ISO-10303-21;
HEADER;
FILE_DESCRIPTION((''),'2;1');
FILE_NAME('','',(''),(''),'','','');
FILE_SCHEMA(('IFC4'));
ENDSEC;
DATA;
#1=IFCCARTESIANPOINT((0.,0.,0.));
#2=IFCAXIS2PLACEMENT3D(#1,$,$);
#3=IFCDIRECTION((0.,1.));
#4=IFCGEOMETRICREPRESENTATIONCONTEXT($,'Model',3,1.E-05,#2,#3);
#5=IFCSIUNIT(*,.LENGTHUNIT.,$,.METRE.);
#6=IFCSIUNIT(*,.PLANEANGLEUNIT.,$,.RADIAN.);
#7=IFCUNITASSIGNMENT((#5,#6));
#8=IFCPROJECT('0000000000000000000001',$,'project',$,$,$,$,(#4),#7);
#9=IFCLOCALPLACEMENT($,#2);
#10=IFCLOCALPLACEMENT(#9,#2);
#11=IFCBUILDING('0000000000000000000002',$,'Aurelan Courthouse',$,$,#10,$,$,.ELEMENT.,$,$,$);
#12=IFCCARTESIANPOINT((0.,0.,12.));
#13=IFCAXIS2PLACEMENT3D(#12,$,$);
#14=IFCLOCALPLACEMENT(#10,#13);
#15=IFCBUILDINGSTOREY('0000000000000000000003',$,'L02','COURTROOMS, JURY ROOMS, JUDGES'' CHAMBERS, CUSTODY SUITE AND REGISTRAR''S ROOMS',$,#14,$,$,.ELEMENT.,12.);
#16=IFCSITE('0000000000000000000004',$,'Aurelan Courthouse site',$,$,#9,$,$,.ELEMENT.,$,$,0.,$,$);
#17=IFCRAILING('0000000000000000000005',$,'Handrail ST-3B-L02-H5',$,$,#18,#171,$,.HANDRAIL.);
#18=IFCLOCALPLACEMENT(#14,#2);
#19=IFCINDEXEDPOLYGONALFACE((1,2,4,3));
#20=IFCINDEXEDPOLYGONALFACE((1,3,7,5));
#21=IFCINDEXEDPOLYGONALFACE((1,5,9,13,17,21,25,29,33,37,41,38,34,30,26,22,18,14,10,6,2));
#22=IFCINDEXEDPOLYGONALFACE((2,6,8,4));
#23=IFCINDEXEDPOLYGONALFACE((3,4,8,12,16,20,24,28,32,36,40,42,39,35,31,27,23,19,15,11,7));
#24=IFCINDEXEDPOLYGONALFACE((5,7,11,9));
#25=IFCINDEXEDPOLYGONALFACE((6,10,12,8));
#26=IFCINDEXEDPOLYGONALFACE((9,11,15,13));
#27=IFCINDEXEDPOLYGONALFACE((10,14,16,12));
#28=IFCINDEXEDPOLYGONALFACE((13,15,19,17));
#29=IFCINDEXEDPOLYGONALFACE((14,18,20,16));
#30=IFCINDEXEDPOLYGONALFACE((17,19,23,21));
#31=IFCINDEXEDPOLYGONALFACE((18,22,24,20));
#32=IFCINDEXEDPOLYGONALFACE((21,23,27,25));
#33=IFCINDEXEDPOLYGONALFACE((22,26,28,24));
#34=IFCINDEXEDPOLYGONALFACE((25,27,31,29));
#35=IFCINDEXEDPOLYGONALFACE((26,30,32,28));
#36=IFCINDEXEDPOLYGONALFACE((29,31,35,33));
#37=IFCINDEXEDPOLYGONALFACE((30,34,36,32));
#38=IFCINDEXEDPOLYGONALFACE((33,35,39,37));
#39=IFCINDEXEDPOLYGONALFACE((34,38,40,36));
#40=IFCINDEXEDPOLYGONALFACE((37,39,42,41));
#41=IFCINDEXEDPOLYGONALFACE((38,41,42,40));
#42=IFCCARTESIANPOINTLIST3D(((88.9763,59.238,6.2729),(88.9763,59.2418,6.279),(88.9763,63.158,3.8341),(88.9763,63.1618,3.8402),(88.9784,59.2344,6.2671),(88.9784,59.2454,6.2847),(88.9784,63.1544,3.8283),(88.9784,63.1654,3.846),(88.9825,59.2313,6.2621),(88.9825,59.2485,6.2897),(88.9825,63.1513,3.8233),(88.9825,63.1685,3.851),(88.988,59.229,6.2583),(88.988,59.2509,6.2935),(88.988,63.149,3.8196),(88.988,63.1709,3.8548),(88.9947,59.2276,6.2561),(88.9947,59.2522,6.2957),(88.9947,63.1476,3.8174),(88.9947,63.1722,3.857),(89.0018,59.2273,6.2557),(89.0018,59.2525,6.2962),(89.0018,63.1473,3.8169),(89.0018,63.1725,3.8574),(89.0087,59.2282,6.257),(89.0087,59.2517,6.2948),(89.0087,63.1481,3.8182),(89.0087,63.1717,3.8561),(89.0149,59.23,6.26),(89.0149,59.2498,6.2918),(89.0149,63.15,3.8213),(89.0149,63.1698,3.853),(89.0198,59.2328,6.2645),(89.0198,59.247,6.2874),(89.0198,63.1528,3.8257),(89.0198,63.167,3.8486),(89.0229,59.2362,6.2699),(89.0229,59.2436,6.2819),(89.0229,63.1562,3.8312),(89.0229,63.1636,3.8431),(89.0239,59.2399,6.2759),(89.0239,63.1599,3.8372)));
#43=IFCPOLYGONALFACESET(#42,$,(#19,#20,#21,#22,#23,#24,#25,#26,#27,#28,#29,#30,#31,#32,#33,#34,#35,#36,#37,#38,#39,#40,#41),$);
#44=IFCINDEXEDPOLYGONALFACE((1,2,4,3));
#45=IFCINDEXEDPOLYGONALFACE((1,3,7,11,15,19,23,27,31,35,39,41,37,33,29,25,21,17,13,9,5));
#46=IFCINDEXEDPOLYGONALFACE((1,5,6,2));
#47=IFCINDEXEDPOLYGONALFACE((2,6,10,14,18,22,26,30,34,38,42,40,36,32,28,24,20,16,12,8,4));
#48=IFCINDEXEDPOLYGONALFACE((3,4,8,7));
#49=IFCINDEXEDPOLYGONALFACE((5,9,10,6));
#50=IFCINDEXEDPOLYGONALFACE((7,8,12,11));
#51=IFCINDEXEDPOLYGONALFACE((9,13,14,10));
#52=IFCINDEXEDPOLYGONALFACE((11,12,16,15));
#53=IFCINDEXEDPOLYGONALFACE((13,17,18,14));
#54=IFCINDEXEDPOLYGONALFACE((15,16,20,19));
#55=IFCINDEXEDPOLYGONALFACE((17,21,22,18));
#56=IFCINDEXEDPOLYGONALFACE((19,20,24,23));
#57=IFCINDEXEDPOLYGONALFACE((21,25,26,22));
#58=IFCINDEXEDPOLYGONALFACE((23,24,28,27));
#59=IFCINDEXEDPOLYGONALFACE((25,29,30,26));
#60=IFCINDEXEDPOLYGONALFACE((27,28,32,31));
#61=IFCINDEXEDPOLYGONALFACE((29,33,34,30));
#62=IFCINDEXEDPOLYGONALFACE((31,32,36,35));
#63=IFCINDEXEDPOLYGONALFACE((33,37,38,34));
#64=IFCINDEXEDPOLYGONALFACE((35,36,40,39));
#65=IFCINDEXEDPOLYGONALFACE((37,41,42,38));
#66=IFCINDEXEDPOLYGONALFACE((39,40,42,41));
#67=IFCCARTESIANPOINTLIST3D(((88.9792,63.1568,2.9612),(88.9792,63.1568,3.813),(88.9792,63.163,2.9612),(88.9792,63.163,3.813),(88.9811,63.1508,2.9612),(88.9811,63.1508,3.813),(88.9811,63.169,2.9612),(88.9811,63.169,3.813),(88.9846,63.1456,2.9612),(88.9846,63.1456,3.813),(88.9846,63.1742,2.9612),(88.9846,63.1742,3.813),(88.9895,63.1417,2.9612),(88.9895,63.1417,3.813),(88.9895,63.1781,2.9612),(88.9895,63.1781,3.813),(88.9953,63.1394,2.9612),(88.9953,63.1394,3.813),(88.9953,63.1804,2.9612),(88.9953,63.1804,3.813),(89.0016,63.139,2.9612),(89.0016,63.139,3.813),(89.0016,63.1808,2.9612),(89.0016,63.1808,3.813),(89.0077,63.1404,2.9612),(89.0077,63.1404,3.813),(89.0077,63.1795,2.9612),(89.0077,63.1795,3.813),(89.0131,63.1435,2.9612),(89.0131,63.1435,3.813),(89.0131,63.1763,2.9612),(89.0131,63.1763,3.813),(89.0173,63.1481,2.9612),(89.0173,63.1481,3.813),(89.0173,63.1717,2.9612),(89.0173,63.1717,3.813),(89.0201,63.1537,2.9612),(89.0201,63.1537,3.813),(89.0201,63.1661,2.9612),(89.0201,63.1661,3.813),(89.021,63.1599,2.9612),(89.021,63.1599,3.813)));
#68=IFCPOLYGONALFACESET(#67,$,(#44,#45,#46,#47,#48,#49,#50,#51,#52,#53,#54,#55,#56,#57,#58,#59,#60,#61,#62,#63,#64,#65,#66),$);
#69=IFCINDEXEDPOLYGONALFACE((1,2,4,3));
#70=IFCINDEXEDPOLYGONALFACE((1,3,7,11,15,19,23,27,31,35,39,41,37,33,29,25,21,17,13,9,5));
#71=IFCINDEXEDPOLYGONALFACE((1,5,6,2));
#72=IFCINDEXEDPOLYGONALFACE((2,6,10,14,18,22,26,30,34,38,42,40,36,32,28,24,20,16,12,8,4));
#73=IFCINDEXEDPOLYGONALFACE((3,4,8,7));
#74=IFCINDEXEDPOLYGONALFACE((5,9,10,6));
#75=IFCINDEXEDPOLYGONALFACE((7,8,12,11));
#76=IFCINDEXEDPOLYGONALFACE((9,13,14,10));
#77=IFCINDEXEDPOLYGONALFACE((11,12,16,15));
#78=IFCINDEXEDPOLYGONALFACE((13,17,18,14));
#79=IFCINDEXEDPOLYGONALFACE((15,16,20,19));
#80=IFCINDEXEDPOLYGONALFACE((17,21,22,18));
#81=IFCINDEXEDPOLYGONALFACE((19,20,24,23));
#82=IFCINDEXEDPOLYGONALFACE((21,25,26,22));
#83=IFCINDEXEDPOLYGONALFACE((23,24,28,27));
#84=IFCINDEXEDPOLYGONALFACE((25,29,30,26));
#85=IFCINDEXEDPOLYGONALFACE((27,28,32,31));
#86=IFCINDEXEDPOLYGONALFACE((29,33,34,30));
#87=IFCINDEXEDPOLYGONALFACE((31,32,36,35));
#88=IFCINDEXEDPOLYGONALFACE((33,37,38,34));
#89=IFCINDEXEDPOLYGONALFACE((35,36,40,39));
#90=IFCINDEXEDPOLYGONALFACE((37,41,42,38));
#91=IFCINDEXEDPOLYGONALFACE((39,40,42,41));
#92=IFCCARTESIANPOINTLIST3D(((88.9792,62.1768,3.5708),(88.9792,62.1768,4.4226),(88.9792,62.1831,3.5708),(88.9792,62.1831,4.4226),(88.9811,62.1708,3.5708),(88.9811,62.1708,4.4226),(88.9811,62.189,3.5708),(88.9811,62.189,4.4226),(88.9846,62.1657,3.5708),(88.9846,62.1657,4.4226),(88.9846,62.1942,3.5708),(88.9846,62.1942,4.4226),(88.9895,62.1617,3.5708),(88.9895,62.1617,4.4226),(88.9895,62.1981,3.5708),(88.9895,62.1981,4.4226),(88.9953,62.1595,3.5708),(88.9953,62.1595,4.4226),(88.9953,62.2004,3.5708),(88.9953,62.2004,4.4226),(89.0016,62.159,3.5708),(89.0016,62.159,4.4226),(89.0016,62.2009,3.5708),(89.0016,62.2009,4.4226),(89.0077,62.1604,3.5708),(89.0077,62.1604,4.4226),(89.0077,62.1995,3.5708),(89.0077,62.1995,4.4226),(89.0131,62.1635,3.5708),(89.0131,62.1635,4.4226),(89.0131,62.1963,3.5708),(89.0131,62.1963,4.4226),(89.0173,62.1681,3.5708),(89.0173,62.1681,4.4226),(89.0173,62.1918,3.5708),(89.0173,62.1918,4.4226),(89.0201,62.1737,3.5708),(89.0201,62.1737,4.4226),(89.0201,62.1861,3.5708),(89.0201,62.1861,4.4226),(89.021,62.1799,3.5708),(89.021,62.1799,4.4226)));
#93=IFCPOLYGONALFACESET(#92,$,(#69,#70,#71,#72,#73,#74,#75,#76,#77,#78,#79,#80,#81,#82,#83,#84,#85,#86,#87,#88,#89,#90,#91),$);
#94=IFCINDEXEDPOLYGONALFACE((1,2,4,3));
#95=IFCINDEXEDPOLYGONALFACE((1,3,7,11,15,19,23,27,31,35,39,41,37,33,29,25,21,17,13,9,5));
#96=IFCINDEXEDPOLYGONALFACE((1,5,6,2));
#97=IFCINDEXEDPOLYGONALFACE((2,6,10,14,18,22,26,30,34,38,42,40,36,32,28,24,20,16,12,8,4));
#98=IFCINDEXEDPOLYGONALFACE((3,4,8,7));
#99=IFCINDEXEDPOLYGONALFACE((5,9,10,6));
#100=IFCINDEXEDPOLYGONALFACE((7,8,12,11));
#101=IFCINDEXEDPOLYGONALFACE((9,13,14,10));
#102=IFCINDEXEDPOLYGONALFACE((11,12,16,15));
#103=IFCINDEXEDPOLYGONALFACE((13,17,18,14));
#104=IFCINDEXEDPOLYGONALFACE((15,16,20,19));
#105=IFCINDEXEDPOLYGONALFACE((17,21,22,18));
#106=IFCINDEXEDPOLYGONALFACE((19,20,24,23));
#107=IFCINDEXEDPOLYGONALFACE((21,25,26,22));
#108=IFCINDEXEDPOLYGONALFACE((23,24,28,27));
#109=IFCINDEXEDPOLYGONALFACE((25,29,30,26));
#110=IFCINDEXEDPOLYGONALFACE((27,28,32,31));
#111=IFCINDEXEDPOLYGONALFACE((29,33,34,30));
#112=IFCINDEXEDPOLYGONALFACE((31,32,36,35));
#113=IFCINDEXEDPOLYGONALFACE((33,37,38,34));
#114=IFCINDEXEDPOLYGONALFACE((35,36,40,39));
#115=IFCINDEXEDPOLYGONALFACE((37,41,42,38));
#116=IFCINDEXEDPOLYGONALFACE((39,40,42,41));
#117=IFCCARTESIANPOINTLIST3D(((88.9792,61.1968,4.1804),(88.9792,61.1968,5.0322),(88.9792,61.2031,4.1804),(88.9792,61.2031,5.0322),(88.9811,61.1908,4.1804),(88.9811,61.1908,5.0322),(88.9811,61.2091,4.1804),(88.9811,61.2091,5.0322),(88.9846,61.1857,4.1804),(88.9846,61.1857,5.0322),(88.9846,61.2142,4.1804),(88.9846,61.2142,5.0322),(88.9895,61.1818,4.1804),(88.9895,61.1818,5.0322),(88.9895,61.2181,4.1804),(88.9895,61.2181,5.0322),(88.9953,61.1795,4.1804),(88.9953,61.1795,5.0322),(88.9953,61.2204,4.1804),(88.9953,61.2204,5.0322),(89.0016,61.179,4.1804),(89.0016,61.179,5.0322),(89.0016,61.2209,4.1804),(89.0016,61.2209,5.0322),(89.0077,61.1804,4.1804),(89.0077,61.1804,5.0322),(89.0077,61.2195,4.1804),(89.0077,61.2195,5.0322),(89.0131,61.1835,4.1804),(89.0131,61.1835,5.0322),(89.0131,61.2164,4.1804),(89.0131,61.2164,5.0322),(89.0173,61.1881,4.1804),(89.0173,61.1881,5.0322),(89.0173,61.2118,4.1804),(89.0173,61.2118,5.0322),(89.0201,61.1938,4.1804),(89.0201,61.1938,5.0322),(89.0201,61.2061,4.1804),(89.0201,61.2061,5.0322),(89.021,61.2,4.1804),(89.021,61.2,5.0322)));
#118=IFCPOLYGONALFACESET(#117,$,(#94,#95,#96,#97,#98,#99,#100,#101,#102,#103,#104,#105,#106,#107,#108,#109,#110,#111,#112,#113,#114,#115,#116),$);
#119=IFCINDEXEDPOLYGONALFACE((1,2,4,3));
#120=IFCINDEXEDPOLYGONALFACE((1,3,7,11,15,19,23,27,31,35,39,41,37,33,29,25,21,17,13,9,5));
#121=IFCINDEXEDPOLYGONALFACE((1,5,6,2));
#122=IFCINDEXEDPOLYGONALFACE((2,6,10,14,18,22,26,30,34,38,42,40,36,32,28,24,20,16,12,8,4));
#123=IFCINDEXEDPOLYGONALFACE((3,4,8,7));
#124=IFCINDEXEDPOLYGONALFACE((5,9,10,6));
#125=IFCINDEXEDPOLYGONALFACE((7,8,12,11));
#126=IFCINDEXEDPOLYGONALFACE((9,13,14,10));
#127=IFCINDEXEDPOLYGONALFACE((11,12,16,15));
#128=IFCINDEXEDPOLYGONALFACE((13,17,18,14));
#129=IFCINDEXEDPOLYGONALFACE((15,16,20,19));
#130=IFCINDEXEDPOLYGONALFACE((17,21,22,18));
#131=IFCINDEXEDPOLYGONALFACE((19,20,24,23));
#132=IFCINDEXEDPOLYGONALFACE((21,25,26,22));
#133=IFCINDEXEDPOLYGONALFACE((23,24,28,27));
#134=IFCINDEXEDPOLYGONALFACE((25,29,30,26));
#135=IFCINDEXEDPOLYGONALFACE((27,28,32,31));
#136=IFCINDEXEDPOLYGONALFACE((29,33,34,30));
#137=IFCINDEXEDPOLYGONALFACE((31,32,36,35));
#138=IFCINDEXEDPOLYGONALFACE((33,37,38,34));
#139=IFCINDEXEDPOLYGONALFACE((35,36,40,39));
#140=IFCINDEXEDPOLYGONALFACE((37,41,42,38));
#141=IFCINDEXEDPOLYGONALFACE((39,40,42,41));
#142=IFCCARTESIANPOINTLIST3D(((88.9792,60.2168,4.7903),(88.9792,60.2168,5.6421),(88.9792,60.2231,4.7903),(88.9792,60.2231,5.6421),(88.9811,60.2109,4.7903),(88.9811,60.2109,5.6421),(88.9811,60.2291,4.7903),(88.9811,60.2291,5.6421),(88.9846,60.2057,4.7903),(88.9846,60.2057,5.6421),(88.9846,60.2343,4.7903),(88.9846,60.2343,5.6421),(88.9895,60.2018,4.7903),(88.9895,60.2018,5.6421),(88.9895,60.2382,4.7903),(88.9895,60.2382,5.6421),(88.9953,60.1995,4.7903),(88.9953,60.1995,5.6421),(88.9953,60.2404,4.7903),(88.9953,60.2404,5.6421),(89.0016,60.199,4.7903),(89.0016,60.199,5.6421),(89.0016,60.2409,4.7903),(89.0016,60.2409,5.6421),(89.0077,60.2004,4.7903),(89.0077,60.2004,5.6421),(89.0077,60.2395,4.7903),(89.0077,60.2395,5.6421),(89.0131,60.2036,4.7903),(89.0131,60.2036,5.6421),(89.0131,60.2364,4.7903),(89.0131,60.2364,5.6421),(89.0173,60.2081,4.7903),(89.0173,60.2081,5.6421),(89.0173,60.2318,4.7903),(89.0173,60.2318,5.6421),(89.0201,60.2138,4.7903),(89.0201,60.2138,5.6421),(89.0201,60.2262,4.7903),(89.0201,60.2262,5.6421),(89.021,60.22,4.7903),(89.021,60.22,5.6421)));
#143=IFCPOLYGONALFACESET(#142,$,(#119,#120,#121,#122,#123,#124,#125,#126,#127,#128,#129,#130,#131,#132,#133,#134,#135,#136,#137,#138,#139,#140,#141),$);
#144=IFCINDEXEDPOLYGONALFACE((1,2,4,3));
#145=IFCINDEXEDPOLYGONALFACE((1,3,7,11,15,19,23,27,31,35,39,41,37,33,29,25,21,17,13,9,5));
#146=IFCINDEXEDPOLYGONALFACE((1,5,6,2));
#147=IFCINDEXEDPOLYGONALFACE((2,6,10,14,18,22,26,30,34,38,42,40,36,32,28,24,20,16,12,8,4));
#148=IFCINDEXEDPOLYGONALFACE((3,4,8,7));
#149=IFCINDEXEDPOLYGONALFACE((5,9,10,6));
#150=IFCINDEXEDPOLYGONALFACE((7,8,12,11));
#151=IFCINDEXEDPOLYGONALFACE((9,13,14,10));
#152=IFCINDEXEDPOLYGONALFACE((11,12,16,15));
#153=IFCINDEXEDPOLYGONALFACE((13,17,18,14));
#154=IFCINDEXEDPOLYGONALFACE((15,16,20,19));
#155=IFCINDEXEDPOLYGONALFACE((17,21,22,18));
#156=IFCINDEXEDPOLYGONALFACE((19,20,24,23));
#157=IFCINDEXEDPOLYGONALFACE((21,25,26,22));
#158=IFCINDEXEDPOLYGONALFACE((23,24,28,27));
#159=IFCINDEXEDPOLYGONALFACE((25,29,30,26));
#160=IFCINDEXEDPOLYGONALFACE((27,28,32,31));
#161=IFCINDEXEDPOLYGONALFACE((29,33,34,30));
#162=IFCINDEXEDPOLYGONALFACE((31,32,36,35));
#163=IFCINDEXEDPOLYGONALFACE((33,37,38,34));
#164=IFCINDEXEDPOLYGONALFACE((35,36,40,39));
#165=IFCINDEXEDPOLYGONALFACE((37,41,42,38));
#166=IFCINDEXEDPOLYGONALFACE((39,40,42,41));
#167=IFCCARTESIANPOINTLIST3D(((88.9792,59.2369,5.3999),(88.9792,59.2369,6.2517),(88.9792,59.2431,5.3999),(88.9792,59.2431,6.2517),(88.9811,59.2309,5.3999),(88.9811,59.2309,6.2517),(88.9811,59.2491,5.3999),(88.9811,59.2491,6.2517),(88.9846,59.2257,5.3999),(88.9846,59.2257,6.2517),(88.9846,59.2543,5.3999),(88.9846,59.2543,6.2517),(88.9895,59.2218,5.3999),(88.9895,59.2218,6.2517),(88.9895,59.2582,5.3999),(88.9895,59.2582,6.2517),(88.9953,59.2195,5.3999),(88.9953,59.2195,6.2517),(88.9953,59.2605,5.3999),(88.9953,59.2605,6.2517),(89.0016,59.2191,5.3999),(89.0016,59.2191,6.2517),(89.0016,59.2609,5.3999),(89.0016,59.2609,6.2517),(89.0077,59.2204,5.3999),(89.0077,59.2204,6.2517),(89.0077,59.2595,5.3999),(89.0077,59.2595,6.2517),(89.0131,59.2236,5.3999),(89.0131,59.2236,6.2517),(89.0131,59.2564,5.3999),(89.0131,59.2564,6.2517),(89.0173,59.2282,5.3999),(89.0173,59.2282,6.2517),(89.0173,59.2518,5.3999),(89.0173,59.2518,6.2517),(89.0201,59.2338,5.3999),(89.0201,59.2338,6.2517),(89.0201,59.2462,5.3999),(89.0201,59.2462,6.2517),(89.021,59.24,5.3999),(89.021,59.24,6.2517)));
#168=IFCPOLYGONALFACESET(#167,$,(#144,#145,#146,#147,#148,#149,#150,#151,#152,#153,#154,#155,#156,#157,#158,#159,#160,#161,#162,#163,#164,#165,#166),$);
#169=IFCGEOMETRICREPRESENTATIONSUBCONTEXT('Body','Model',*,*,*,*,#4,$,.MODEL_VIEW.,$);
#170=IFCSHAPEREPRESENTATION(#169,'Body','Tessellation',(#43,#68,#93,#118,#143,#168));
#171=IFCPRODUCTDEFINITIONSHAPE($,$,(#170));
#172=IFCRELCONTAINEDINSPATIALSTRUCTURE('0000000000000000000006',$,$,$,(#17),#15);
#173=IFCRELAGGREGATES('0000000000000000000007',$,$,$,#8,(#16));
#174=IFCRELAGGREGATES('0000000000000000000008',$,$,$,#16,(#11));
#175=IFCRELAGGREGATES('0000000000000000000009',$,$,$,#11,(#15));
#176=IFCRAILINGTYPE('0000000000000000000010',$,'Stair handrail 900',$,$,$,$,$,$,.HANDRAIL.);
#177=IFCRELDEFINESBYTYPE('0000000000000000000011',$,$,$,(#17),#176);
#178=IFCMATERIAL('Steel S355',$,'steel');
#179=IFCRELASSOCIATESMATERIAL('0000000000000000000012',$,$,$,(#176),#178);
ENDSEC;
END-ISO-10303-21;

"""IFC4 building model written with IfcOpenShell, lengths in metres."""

from ifc_helpers import new_model, si_unit, direction, frame, origin, origin_2d, place, context, subcontext, project, spatial, circle, extrude, material, type_object, element, save


model = new_model("IFC4")

# Units and contexts
model_context = context("Model", 3, precision=1e-05, world=origin(), true_north=direction((0.0, 1.0)))
body_context = subcontext(model_context, "Body", "Model", "MODEL_VIEW")
ifc_project = project(units=[si_unit("LENGTHUNIT", "METRE"), si_unit("PLANEANGLEUNIT", "RADIAN")], contexts=[model_context])

# Site, building, storey
site_placement = place(None, origin())
site = spatial("IfcSite", under=ifc_project, at=site_placement, Name="Aurelan Courthouse site", CompositionType="ELEMENT", RefElevation=0.0)
building_placement = place(site_placement, origin())
building = spatial("IfcBuilding", under=site, at=building_placement, Name="Aurelan Courthouse", CompositionType="ELEMENT")
storey_placement = place(building_placement, frame((0.0, 0.0, 12.0)))
storey = spatial("IfcBuildingStorey", under=building, at=storey_placement, Name="L02", Description="COURTROOMS, JURY ROOMS, JUDGES' CHAMBERS, CUSTODY SUITE AND REGISTRAR'S ROOMS", CompositionType="ELEMENT", Elevation=12.0)

# Railing
ifc_material_1 = material(Name="Steel S355", Category="steel")
railing_type_1 = type_object("IfcRailingType", Name="Stair handrail 900", PredefinedType="HANDRAIL", material=ifc_material_1)
for number, where, name in (
    (1, (89.0, 63.1599, 2.9612), "Handrail ST-3B-L02-H5"),
):
    element("IfcRailing", number, at=place(storey_placement, frame(where)), inside=storey, type_object=railing_type_1, Name=name, PredefinedType="HANDRAIL", context=body_context, shape_type="SweptSolid", body=[
        extrude(circle(Radius=0.0239, at=origin_2d()), frame((0.0, 0.0, 0.876), z_axis=(0.0, -0.84909, 0.528249), x_axis=(1.0, 0.0, 0.0)), (0.0, 0.0, 1.0), 4.6167),
        extrude(circle(Radius=0.021, at=origin_2d()), origin(), (0.0, 0.0, 1.0), 0.8518),
        extrude(circle(Radius=0.021, at=origin_2d()), frame((0.0, -0.98, 0.6096)), (0.0, 0.0, 1.0), 0.8518),
        extrude(circle(Radius=0.021, at=origin_2d()), frame((0.0, -1.96, 1.2192)), (0.0, 0.0, 1.0), 0.8518),
        extrude(circle(Radius=0.021, at=origin_2d()), frame((0.0, -2.9399, 1.8291)), (0.0, 0.0, 1.0), 0.8518),
        extrude(circle(Radius=0.021, at=origin_2d()), frame((0.0, -3.9199, 2.4387)), (0.0, 0.0, 1.0), 0.8518),
    ])

save(model, "model.ifc")
